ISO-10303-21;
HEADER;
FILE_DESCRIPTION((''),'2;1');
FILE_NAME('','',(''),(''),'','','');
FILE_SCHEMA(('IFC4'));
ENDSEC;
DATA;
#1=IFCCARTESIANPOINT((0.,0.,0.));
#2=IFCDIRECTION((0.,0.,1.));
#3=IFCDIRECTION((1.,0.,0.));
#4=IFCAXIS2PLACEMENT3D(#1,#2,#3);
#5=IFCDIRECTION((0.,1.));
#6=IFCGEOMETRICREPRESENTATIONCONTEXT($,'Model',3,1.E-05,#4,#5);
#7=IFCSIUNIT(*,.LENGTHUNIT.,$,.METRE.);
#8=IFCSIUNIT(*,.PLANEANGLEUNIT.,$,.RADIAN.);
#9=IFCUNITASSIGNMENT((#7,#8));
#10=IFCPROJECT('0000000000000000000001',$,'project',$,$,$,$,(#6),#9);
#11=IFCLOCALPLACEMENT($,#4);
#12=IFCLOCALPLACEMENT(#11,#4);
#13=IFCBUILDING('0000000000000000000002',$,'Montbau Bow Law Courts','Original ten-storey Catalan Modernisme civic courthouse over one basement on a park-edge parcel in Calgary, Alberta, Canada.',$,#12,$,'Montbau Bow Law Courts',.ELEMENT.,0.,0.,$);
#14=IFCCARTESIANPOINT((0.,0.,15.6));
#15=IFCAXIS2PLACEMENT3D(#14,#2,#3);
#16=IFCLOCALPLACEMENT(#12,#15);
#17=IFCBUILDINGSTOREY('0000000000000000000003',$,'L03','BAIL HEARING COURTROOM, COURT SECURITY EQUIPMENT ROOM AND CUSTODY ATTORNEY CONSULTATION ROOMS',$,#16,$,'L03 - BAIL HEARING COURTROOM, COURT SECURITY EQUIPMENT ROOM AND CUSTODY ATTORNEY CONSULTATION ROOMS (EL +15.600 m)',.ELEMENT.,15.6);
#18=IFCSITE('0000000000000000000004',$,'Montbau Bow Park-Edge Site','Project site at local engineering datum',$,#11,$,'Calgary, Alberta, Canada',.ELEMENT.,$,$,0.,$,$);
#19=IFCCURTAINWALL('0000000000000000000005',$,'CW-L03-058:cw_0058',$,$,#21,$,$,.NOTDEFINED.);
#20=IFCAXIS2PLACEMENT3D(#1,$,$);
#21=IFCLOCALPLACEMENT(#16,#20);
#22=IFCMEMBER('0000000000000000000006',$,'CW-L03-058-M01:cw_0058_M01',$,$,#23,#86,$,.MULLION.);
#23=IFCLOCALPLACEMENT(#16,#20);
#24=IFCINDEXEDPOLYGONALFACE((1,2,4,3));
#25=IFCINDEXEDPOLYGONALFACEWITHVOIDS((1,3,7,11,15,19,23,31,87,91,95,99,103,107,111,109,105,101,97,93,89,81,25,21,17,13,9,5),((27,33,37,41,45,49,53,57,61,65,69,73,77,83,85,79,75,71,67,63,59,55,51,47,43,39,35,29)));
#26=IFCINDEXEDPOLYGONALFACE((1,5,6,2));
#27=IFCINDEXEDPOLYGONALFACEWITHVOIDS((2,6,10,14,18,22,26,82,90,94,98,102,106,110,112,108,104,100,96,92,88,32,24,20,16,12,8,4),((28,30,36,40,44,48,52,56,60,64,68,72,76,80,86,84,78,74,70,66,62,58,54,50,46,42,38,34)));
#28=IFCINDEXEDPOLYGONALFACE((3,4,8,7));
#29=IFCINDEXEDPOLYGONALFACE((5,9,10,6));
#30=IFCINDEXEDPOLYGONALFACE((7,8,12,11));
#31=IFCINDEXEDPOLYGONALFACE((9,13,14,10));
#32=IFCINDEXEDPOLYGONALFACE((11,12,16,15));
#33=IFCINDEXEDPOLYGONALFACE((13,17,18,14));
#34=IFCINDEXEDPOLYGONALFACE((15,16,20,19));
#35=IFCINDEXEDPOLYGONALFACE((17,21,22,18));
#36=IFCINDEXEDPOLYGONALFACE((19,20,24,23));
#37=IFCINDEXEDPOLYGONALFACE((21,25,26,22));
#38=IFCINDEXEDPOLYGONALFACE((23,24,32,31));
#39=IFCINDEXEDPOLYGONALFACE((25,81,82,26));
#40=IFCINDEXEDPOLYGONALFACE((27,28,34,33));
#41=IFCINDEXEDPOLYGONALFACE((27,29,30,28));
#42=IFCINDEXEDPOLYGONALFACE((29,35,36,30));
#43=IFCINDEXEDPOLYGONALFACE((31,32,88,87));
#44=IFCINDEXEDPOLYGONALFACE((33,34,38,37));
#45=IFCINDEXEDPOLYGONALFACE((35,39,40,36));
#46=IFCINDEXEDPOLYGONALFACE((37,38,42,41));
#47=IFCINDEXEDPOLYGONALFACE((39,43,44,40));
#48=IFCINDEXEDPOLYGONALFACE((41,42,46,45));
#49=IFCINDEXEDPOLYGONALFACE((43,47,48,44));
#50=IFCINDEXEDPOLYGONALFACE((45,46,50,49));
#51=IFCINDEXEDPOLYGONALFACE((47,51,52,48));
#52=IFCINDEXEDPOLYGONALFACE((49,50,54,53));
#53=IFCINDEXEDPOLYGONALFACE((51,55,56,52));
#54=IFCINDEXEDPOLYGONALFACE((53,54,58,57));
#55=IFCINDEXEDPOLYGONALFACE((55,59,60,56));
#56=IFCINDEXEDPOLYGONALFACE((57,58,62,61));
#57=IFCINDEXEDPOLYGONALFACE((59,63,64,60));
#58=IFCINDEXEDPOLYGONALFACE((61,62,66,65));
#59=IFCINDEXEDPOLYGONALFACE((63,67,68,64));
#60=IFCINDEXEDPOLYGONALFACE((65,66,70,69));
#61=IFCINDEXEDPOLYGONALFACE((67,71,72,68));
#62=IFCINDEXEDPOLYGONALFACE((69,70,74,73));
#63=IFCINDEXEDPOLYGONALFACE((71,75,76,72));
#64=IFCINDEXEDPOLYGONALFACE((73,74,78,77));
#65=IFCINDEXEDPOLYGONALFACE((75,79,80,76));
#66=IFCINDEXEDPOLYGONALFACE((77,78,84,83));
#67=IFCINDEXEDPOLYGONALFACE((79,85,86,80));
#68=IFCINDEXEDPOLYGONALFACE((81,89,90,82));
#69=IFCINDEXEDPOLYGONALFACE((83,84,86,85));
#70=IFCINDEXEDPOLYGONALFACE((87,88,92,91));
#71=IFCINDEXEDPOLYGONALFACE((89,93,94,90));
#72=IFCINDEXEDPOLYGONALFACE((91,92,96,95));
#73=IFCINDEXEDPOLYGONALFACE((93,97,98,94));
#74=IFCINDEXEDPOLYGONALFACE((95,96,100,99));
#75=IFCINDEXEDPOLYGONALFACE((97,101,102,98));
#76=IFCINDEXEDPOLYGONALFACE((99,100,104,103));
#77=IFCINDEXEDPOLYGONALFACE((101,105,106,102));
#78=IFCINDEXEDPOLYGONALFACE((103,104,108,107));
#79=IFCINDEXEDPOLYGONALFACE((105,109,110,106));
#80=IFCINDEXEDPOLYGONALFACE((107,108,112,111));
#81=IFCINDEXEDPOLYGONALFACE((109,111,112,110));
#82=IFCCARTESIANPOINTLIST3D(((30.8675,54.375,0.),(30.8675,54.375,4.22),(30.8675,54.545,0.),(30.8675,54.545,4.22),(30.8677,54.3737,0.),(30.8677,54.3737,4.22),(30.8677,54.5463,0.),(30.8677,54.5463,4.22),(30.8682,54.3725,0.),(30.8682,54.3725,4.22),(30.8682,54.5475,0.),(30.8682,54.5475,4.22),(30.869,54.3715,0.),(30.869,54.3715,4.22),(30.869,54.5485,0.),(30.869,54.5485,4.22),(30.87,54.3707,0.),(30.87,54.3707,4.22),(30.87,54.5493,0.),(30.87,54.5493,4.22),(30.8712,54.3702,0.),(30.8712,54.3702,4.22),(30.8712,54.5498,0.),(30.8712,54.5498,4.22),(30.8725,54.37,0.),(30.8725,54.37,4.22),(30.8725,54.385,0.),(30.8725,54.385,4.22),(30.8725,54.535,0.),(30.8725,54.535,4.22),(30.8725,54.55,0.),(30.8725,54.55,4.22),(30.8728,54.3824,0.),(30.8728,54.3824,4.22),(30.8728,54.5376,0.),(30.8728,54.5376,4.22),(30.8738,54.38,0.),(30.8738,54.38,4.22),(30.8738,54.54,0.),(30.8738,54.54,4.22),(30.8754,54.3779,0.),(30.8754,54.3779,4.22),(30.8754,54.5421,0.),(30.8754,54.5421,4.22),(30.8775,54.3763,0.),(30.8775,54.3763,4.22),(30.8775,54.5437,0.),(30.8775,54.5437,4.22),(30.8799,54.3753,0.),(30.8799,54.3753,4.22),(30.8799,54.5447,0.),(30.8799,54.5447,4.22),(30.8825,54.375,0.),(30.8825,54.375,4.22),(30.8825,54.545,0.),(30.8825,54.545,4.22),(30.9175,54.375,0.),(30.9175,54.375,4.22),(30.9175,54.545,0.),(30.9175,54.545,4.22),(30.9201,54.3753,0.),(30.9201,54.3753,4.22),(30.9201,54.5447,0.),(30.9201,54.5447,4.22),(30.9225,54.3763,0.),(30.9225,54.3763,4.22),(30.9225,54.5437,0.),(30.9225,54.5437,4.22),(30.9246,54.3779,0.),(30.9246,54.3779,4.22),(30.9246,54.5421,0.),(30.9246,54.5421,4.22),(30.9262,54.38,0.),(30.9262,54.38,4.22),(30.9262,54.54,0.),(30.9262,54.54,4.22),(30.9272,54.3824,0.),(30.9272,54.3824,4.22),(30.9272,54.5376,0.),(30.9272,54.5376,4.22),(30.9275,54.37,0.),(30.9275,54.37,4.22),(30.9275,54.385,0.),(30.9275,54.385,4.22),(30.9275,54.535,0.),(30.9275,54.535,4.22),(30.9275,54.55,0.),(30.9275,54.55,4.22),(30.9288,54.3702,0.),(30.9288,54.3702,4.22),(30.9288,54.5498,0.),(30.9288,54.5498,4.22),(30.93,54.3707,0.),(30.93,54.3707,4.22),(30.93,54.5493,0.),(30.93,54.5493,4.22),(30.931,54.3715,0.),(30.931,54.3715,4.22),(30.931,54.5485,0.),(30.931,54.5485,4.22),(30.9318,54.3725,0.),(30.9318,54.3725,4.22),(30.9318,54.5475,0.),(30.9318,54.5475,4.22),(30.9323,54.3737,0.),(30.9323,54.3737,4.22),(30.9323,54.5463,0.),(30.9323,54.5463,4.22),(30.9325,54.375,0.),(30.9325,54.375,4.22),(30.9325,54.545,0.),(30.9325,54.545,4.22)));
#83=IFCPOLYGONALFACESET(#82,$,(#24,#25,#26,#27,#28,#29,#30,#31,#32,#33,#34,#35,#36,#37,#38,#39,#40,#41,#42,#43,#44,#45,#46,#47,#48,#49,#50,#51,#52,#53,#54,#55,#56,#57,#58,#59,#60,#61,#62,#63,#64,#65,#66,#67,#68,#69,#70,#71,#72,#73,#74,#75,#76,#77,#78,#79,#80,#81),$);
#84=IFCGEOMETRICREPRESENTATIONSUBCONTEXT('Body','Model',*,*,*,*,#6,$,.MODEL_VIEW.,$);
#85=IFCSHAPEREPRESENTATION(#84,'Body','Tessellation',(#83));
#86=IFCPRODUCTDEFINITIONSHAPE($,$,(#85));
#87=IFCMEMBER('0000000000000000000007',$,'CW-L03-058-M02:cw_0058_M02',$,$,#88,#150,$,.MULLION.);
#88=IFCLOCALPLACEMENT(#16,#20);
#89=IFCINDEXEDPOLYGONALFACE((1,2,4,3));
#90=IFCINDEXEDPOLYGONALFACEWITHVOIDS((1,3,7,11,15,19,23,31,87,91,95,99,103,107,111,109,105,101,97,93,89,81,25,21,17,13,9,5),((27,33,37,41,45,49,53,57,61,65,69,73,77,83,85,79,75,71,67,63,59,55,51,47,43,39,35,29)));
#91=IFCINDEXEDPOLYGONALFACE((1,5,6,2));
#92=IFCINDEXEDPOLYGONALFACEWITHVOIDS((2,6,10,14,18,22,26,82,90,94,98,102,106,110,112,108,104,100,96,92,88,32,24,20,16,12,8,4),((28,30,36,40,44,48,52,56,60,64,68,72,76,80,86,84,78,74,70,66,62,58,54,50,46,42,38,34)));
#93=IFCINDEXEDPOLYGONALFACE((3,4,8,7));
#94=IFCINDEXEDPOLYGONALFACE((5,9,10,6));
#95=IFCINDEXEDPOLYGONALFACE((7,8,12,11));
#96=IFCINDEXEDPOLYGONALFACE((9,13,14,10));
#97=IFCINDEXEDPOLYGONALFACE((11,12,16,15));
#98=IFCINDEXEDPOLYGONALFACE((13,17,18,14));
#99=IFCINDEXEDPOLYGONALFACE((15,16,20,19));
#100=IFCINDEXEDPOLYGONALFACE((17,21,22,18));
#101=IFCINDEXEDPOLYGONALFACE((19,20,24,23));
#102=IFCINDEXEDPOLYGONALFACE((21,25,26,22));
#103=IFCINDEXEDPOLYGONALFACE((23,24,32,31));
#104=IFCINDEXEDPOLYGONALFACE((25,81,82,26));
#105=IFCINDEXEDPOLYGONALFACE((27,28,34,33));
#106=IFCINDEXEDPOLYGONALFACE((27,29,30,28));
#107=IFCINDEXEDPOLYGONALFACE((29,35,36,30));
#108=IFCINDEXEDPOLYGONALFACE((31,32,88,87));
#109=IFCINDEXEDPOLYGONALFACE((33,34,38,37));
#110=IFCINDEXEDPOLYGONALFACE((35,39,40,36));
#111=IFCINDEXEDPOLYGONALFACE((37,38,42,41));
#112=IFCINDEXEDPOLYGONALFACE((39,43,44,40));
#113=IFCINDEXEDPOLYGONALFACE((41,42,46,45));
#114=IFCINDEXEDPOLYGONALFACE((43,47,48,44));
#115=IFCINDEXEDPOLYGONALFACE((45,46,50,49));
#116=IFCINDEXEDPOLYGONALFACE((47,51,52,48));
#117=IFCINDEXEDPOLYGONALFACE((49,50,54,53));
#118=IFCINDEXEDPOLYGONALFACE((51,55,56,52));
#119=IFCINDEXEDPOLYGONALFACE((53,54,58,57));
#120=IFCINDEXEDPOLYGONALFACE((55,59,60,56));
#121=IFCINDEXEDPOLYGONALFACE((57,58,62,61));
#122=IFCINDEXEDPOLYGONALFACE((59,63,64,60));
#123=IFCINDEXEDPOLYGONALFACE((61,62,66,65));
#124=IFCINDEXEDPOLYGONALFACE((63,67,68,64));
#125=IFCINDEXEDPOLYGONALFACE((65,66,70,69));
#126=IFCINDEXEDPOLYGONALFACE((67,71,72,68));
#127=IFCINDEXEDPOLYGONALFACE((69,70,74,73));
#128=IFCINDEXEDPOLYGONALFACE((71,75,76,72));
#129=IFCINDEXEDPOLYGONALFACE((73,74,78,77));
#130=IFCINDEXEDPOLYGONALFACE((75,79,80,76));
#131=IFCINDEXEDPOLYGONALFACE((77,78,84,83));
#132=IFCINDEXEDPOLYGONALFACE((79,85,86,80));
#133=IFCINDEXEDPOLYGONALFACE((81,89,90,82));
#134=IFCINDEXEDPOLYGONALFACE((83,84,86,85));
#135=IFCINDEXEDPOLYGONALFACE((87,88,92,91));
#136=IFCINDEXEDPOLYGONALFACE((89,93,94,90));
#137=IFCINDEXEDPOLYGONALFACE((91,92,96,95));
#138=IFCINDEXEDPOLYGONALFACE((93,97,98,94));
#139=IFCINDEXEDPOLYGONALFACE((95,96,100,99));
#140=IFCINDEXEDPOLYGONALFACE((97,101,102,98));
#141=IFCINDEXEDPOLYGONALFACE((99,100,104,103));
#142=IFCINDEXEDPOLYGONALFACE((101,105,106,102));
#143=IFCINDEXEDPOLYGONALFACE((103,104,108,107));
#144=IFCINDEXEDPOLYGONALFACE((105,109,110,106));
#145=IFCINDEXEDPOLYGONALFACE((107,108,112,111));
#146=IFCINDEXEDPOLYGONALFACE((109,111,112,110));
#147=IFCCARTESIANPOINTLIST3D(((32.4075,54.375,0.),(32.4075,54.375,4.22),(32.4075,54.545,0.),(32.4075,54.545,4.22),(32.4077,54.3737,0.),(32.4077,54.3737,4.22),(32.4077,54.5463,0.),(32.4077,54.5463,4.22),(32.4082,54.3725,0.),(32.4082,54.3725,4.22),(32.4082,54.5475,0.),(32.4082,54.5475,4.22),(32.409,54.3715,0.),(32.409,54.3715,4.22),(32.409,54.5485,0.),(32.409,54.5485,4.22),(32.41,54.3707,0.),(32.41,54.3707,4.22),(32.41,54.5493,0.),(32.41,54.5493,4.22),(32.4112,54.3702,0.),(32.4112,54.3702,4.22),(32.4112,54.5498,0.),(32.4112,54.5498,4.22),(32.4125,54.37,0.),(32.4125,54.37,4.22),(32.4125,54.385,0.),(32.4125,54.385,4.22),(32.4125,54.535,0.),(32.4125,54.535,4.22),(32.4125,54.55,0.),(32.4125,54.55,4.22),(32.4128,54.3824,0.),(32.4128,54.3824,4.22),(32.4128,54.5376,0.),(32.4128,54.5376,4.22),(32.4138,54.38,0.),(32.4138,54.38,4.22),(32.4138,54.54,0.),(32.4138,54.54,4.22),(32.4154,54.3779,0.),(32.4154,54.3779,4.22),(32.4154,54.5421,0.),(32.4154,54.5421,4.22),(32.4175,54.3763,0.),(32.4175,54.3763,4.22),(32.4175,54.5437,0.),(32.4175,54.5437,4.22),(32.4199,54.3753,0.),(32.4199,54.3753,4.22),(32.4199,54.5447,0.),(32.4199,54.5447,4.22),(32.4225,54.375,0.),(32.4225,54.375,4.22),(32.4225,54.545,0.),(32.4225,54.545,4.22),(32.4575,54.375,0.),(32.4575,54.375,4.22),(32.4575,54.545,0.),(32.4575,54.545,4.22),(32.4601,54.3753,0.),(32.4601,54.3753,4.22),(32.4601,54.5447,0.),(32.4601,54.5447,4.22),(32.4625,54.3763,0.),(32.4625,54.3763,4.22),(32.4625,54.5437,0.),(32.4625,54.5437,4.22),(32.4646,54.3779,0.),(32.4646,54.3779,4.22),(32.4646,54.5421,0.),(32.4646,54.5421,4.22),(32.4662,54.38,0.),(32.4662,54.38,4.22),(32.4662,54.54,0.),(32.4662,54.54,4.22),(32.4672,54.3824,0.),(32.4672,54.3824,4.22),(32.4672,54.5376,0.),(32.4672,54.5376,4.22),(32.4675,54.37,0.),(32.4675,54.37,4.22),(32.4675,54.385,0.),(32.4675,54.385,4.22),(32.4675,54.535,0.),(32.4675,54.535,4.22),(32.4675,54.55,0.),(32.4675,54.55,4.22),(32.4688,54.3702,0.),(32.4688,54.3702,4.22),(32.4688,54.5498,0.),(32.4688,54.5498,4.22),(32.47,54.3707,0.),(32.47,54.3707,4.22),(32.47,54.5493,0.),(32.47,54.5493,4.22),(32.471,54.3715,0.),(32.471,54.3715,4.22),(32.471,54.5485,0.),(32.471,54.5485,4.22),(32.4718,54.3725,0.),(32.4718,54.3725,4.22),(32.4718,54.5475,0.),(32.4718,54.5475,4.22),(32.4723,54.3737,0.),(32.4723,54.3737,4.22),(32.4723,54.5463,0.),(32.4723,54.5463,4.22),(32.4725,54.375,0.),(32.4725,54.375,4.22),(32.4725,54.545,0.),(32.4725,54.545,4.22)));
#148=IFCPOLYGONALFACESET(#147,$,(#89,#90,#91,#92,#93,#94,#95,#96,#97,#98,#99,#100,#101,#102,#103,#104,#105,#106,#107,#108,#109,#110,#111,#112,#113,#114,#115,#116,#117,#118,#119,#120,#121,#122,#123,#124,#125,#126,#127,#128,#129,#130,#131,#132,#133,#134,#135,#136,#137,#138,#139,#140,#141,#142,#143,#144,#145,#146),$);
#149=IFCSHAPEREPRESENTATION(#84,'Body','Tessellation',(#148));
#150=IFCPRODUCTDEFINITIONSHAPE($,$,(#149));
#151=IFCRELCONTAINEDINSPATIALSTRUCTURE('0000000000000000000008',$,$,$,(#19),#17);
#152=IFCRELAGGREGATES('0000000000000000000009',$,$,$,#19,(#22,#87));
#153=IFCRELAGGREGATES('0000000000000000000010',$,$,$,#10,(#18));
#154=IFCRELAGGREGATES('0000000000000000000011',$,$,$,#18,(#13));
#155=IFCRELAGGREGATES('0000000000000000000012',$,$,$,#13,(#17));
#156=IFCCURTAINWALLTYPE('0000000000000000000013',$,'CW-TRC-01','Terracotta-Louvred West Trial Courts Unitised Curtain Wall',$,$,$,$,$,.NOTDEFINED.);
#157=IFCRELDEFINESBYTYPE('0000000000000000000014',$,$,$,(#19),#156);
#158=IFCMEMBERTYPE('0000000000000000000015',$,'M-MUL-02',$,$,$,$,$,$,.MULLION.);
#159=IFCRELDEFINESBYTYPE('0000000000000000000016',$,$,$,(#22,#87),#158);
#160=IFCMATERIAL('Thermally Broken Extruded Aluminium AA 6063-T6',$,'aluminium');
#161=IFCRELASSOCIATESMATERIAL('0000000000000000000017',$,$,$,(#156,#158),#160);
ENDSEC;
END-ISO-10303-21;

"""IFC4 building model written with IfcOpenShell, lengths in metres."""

from ifc_helpers import new_model, si_unit, direction, frame, origin_with_axes, origin_2d_with_axis, place, context, subcontext, project, spatial, hollow_rectangle, extrude, material, material_profile, profile_set, type_object, element, aggregate, save


model = new_model("IFC4")

# Units and contexts
model_context = context("Model", 3, precision=1e-05, world=origin_with_axes(), true_north=direction((0.0, 1.0)))
body_context = subcontext(model_context, "Body", "Model", "MODEL_VIEW")
ifc_project = project(units=[si_unit("LENGTHUNIT", "METRE"), si_unit("PLANEANGLEUNIT", "RADIAN")], contexts=[model_context])

# Site, building, storey
site_placement = place(None, origin_with_axes())
site = spatial("IfcSite", under=ifc_project, at=site_placement, Name="Montbau Bow Park-Edge Site", Description="Project site at local engineering datum", LongName="Calgary, Alberta, Canada", CompositionType="ELEMENT", RefElevation=0.0)
building_placement = place(site_placement, origin_with_axes())
building = spatial("IfcBuilding", under=site, at=building_placement, Name="Montbau Bow Law Courts", Description="Original ten-storey Catalan Modernisme civic courthouse over one basement on a park-edge parcel in Calgary, Alberta, Canada.", LongName="Montbau Bow Law Courts", CompositionType="ELEMENT", ElevationOfRefHeight=0.0, ElevationOfTerrain=0.0)
storey_placement = place(building_placement, frame((0.0, 0.0, 15.6), z_axis=(0.0, 0.0, 1.0), x_axis=(1.0, 0.0, 0.0)))
storey = spatial("IfcBuildingStorey", under=building, at=storey_placement, Name="L03", Description="BAIL HEARING COURTROOM, COURT SECURITY EQUIPMENT ROOM AND CUSTODY ATTORNEY CONSULTATION ROOMS", LongName="L03 - BAIL HEARING COURTROOM, COURT SECURITY EQUIPMENT ROOM AND CUSTODY ATTORNEY CONSULTATION ROOMS (EL +15.600 m)", CompositionType="ELEMENT", Elevation=15.6)

# Curtain wall, members
ifc_material_1 = material(Name="Thermally Broken Extruded Aluminium AA 6063-T6", Category="aluminium")
curtain_wall_type = type_object("IfcCurtainWallType", Name="CW-TRC-01", Description="Terracotta-Louvred West Trial Courts Unitised Curtain Wall", PredefinedType="NOTDEFINED", material=ifc_material_1)
curtain_wall_placement = place(None, frame((30.867, 54.46, 15.6), z_axis=(0.0, 0.0, 1.0), x_axis=(1.0, 0.0, 0.0)))
curtain_wall = element("IfcCurtainWall", 1, at=curtain_wall_placement, inside=storey, type_object=curtain_wall_type, Name="CW-L03-058:cw_0058", PredefinedType="NOTDEFINED")
ifc_material_profile_1 = material_profile(ifc_material_1, hollow_rectangle(XDim=0.065, YDim=0.18, WallThickness=0.005, InnerFilletRadius=0.01, OuterFilletRadius=0.005, at=origin_2d_with_axis()), Name="CWM-180X65", Category="Main", Priority=0)
ifc_profile_set_1 = profile_set([ifc_material_profile_1], Name="Thermally Broken Extruded Aluminium AA 6063-T6")
member_type_1 = type_object("IfcMemberType", Name="M-MUL-02", PredefinedType="MULLION", material=ifc_profile_set_1)
member_1_placement = place(None, frame((30.9, 54.46, 15.6), z_axis=(0.0, 0.0, 1.0), x_axis=(1.0, 0.0, 0.0)))
member_1 = element("IfcMember", 2, at=member_1_placement, type_object=member_type_1, Name="CW-L03-058-M01:cw_0058_M01", PredefinedType="MULLION", context=body_context, shape_type="SweptSolid", body=[
    extrude(hollow_rectangle(XDim=0.065, YDim=0.18, WallThickness=0.005, InnerFilletRadius=0.01, OuterFilletRadius=0.005, at=origin_2d_with_axis()), origin_with_axes(), (0.0, 0.0, 1.0), 4.22),
])
member_2_placement = place(None, frame((32.44, 54.46, 15.6), z_axis=(0.0, 0.0, 1.0), x_axis=(1.0, 0.0, 0.0)))
member_2 = element("IfcMember", 3, at=member_2_placement, type_object=member_type_1, Name="CW-L03-058-M02:cw_0058_M02", PredefinedType="MULLION", context=body_context, shape_type="SweptSolid", body=[
    extrude(hollow_rectangle(XDim=0.065, YDim=0.18, WallThickness=0.005, InnerFilletRadius=0.01, OuterFilletRadius=0.005, at=origin_2d_with_axis()), origin_with_axes(), (0.0, 0.0, 1.0), 4.22),
])
aggregate(curtain_wall, [member_1, member_2])

save(model, "model.ifc")
